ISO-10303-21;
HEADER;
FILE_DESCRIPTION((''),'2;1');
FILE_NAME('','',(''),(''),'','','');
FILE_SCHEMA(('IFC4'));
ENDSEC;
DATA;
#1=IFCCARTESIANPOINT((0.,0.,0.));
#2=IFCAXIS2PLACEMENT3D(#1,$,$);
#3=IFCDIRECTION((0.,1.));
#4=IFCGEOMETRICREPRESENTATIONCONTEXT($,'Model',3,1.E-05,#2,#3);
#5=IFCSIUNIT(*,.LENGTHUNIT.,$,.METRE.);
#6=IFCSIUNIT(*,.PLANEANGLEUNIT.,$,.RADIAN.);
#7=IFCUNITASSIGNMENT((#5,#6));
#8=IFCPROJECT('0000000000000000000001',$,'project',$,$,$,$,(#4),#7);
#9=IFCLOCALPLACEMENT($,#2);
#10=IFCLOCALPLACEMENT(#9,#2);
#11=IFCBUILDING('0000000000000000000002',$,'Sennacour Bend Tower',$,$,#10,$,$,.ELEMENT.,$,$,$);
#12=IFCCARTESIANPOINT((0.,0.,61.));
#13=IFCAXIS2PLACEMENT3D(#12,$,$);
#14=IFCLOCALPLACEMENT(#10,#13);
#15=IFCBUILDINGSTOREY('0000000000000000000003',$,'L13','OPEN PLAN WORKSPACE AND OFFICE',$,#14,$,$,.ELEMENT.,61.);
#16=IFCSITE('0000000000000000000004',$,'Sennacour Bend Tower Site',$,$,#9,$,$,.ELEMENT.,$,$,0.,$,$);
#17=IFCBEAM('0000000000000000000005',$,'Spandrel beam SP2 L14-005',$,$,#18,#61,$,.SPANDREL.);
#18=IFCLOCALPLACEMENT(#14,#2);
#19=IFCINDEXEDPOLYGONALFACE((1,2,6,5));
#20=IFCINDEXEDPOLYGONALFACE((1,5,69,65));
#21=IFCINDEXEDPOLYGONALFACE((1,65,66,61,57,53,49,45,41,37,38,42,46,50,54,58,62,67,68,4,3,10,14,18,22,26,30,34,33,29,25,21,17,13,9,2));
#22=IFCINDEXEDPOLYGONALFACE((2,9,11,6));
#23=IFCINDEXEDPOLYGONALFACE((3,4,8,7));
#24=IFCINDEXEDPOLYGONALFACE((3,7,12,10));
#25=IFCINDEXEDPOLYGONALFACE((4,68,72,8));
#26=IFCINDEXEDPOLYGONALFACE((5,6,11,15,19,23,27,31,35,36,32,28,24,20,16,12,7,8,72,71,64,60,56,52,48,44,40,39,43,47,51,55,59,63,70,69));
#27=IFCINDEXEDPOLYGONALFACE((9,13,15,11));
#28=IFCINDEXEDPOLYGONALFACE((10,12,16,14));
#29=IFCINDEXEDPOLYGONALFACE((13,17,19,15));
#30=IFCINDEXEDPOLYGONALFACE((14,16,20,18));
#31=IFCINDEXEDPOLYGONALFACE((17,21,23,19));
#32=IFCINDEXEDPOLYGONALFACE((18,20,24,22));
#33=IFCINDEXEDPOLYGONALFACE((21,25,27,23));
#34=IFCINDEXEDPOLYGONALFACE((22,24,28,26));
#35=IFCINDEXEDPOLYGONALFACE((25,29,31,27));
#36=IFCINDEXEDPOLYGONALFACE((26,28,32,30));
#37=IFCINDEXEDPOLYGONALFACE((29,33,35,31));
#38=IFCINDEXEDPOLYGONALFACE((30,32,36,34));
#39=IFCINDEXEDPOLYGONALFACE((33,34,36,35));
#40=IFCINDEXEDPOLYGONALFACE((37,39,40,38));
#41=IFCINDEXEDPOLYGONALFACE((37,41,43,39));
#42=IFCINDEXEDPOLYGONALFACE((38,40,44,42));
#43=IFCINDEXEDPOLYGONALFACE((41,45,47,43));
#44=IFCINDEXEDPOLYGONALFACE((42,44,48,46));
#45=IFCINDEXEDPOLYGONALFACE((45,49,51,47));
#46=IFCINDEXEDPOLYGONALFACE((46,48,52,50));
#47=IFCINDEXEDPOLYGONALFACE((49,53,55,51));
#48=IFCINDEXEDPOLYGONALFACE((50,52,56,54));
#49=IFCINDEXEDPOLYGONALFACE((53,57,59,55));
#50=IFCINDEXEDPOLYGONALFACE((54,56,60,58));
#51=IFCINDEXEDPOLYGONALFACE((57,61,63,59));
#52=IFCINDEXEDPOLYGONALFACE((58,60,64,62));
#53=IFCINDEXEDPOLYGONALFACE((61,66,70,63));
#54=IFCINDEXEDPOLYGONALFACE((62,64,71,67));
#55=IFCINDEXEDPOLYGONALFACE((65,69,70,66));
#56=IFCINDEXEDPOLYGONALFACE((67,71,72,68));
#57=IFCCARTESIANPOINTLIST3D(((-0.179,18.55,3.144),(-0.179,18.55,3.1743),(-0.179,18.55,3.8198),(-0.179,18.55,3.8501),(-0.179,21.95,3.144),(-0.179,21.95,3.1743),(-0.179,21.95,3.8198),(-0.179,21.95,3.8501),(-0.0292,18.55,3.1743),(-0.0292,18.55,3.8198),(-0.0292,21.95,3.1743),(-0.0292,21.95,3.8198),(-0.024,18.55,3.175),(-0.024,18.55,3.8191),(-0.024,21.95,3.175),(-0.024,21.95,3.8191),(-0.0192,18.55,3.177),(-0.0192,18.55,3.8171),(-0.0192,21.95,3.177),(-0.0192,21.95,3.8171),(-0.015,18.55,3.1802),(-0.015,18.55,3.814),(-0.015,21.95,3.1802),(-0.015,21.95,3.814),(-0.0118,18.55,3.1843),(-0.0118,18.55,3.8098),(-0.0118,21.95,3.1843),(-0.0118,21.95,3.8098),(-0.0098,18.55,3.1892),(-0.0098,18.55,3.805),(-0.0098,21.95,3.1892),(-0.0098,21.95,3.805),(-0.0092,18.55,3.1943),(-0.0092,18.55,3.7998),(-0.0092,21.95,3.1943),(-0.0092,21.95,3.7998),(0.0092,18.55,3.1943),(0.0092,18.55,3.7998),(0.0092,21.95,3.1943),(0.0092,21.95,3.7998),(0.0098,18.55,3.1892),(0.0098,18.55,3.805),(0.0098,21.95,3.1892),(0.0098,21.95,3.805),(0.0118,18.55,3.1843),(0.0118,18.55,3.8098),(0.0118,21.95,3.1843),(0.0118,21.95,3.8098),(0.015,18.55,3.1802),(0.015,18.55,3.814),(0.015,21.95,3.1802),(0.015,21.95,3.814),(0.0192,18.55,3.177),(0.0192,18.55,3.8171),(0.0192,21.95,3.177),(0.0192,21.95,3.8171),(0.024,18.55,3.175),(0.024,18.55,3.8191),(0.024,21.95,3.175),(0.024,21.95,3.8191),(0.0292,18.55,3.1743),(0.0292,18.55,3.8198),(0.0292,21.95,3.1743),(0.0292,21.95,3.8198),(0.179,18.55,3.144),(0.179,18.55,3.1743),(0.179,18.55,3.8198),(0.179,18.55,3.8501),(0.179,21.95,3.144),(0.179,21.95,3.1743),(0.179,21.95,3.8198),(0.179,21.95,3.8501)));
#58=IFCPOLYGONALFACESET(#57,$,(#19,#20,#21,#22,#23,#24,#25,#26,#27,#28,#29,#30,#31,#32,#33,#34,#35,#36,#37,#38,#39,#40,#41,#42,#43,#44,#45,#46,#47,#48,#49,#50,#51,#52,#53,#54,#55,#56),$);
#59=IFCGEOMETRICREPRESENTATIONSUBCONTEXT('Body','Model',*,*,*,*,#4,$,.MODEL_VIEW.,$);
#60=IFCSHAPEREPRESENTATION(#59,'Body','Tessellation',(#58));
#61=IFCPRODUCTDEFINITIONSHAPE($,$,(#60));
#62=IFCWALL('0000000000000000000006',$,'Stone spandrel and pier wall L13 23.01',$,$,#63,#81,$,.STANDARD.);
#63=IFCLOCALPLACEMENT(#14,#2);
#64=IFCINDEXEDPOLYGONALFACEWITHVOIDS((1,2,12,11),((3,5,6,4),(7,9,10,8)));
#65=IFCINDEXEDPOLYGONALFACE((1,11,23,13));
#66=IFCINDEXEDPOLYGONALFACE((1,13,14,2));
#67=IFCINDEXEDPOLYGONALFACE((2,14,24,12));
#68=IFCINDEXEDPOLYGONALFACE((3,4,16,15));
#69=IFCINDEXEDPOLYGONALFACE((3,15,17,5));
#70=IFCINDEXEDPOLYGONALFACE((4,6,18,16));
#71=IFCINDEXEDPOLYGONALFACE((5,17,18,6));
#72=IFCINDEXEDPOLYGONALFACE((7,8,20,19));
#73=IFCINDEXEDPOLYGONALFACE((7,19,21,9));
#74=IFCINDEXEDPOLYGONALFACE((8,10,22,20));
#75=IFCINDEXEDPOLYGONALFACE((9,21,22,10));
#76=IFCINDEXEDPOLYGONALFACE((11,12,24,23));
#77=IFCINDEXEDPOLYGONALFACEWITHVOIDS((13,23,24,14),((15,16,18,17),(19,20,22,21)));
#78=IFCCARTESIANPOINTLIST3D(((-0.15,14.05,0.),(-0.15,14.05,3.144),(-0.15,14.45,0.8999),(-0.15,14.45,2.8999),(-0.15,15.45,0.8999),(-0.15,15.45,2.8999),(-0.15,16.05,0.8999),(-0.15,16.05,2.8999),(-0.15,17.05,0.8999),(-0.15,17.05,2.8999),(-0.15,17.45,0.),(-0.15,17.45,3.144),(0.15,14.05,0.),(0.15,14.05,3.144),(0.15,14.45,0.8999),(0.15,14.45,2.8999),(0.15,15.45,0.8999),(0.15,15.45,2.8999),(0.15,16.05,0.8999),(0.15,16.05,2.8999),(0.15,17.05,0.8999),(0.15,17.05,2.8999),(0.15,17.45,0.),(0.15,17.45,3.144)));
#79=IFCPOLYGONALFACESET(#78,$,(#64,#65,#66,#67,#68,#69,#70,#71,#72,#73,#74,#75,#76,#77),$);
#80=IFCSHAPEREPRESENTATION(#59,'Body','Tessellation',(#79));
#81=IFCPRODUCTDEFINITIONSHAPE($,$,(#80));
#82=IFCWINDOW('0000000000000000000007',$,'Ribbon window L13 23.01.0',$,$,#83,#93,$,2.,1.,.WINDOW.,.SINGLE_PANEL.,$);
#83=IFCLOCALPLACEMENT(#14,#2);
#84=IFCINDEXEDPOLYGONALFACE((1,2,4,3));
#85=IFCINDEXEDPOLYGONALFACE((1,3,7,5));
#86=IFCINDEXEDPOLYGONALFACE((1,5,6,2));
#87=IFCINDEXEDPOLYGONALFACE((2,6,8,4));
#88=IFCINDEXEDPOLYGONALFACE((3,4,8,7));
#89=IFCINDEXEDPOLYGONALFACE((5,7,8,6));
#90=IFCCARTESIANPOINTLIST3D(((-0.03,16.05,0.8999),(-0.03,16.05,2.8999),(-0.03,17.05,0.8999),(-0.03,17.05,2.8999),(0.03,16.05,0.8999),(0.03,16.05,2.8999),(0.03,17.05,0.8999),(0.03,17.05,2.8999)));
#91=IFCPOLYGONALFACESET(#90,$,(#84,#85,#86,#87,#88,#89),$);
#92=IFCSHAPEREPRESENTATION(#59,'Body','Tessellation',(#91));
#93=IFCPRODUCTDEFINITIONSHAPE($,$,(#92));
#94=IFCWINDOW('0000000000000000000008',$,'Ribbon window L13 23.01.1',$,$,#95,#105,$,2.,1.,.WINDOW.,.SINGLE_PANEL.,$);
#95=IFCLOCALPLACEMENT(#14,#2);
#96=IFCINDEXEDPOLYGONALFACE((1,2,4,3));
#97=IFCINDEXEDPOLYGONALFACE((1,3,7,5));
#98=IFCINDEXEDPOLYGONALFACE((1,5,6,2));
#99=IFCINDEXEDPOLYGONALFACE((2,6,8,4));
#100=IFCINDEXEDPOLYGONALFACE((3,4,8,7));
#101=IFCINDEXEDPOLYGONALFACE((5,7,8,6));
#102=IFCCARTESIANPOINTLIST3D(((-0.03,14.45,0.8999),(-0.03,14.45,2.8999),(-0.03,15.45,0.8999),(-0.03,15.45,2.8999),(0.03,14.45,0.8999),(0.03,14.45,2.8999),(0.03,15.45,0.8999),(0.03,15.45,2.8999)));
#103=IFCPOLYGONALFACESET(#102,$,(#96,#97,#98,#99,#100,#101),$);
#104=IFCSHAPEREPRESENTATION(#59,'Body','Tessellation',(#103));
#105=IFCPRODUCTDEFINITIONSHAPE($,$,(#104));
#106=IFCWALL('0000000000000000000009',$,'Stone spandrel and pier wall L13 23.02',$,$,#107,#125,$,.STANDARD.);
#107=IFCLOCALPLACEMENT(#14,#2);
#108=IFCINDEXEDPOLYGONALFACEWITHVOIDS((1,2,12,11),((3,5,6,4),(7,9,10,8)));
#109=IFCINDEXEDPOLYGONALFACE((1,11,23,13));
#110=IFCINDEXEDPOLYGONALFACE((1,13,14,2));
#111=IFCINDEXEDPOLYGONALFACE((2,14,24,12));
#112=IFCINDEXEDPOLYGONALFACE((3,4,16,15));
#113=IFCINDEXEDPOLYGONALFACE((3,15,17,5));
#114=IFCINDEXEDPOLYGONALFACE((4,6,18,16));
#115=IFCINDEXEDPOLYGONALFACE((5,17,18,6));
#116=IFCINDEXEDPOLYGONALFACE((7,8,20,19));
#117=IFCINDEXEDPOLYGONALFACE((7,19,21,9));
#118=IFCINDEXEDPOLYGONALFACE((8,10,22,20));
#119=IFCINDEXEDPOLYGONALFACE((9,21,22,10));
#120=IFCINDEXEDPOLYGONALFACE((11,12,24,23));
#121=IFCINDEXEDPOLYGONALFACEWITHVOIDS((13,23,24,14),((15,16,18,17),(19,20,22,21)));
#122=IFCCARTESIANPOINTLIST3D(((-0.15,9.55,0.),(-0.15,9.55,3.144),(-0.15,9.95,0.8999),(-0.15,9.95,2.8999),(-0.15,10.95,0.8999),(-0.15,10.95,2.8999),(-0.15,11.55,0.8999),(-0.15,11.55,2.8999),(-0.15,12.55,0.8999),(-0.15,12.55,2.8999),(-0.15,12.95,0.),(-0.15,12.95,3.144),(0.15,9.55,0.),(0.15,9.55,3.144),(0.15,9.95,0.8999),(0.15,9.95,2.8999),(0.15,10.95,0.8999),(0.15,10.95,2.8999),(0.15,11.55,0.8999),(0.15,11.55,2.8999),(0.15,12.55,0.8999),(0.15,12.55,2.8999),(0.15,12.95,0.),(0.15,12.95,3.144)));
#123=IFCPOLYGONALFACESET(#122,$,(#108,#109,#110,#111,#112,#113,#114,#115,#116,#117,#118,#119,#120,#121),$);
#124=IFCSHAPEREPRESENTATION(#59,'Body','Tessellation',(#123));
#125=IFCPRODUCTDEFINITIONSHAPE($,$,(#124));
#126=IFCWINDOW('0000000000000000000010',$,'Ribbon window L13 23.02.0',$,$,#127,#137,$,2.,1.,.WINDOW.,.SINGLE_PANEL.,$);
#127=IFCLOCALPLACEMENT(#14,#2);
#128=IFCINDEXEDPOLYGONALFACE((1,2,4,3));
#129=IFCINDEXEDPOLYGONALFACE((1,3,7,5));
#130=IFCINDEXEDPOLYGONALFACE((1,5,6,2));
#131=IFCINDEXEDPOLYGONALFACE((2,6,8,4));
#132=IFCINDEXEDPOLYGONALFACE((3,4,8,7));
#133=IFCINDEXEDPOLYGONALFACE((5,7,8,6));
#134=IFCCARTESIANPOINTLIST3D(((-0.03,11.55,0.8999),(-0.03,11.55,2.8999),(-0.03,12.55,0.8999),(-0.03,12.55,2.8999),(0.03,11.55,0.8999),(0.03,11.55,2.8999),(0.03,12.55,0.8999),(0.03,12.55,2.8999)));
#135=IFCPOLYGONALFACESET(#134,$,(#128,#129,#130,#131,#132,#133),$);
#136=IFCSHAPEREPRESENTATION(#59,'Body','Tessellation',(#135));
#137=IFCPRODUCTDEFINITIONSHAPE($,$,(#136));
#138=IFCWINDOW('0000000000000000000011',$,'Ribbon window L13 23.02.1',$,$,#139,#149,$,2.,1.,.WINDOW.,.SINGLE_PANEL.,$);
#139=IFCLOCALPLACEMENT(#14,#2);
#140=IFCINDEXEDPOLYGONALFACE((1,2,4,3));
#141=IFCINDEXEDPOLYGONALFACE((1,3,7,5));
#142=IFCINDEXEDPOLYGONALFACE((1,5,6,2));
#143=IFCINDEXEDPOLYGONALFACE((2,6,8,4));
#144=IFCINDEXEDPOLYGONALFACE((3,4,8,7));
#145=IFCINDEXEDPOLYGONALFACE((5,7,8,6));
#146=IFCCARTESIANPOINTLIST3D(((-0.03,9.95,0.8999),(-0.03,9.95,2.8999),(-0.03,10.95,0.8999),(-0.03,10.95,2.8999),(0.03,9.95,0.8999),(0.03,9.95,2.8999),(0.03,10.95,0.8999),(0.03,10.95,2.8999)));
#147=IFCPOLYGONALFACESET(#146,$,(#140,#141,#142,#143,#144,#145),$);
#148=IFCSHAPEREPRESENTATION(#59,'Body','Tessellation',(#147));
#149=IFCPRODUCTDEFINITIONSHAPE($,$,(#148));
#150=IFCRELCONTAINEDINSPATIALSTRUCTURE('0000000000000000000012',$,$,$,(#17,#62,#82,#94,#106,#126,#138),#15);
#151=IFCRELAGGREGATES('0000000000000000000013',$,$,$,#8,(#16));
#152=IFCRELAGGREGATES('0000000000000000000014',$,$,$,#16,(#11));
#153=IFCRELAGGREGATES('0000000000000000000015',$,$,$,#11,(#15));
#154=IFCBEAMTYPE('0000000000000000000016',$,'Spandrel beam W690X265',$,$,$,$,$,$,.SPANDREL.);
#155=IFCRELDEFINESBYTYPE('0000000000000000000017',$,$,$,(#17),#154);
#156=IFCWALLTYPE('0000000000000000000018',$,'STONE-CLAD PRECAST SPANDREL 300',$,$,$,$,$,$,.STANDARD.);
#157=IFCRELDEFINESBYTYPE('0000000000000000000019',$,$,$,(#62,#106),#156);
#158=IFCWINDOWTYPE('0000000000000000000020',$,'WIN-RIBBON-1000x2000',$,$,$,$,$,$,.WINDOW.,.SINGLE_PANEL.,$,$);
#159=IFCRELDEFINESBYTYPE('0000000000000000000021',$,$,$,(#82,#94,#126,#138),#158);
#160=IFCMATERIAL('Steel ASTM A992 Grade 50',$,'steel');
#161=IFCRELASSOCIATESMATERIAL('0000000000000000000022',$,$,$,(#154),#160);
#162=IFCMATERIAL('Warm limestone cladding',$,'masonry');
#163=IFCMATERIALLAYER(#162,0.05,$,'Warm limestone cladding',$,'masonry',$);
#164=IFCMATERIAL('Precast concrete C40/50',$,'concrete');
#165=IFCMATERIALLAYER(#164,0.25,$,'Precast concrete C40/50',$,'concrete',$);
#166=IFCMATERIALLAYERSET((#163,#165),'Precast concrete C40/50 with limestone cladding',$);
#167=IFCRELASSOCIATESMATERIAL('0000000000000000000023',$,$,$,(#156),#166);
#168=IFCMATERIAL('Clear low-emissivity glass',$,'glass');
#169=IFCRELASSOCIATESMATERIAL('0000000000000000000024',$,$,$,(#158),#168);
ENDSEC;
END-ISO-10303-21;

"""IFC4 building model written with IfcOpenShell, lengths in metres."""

from ifc_helpers import new_model, si_unit, direction, frame, frame_2d, origin, origin_2d, place, context, subcontext, project, spatial, rectangle, i_section, extrude, material, layer, layer_set, material_profile, profile_set, type_object, element, fill, save


model = new_model("IFC4")

# Units and contexts
model_context = context("Model", 3, precision=1e-05, world=origin(), true_north=direction((0.0, 1.0)))
body_context = subcontext(model_context, "Body", "Model", "MODEL_VIEW")
ifc_project = project(units=[si_unit("LENGTHUNIT", "METRE"), si_unit("PLANEANGLEUNIT", "RADIAN")], contexts=[model_context])

# Site, building, storey
site_placement = place(None, origin())
site = spatial("IfcSite", under=ifc_project, at=site_placement, Name="Sennacour Bend Tower Site", CompositionType="ELEMENT", RefElevation=0.0)
building_placement = place(site_placement, origin())
building = spatial("IfcBuilding", under=site, at=building_placement, Name="Sennacour Bend Tower", CompositionType="ELEMENT")
storey_placement = place(building_placement, frame((0.0, 0.0, 61.0)))
storey = spatial("IfcBuildingStorey", under=building, at=storey_placement, Name="L13", Description="OPEN PLAN WORKSPACE AND OFFICE", CompositionType="ELEMENT", Elevation=61.0)

# Beam
ifc_material_1 = material(Name="Steel ASTM A992 Grade 50", Category="steel")
ifc_material_profile_1 = material_profile(ifc_material_1, i_section(OverallWidth=0.3579, OverallDepth=0.7061, WebThickness=0.0183, FlangeThickness=0.0303, FilletRadius=0.02, at=origin_2d()), Name="Steel ASTM A992 Grade 50", Category="steel")
ifc_profile_set_1 = profile_set([ifc_material_profile_1], Name="Steel ASTM A992 Grade 50")
beam_type = type_object("IfcBeamType", Name="Spandrel beam W690X265", PredefinedType="SPANDREL", material=ifc_profile_set_1)
for number, where, z_axis, x_axis, name in (
    (1, (0.0, 18.55, 3.4971), (0.0, 1.0, 0.0), (-1.0, 0.0, 0.0), "Spandrel beam SP2 L14-005"),
):
    element("IfcBeam", number, at=place(storey_placement, frame(where, z_axis=z_axis, x_axis=x_axis)), inside=storey, type_object=beam_type, Name=name, PredefinedType="SPANDREL", context=body_context, shape_type="SweptSolid", body=[
        extrude(i_section(OverallWidth=0.3579, OverallDepth=0.7061, WebThickness=0.0183, FlangeThickness=0.0303, FilletRadius=0.02, at=origin_2d()), origin(), (0.0, 0.0, 1.0), 3.3999),
    ])

# Walls, openings, windows
ifc_material_2 = material(Name="Warm limestone cladding", Category="masonry")
ifc_layer_1 = layer(ifc_material_2, 0.05, Name="Warm limestone cladding", Category="masonry")
ifc_material_3 = material(Name="Precast concrete C40/50", Category="concrete")
ifc_layer_2 = layer(ifc_material_3, 0.25, Name="Precast concrete C40/50", Category="concrete")
ifc_layer_set = layer_set([ifc_layer_1, ifc_layer_2], Name="Precast concrete C40/50 with limestone cladding")
wall_type = type_object("IfcWallType", Name="STONE-CLAD PRECAST SPANDREL 300", PredefinedType="STANDARD", material=ifc_layer_set)
wall_1_placement = place(storey_placement, frame((0.0, 17.45, 0.0), z_axis=(0.0, 0.0, 1.0), x_axis=(0.0, -1.0, 0.0)))
wall_1 = element("IfcWall", 2, at=wall_1_placement, inside=storey, type_object=wall_type, Name="Stone spandrel and pier wall L13 23.01", PredefinedType="STANDARD", context=body_context, shape_type="SweptSolid", body=[
    extrude(rectangle(XDim=3.3999, YDim=0.3, at=frame_2d((1.7, 0.0))), origin(), (0.0, 0.0, 1.0), 3.144),
])
opening_1_placement = place(wall_1_placement, frame((0.3999, 0.0, 0.8999)))
opening_1 = element("IfcOpeningElement", 3, at=opening_1_placement, cuts=wall_1, PredefinedType="OPENING", context=body_context, shape_type="SweptSolid", body=[
    extrude(rectangle(XDim=1.0, YDim=2.0, at=frame_2d((0.5, 1.0))), frame((0.0, 0.1602, 0.0), z_axis=(0.0, -1.0, 0.0), x_axis=(1.0, 0.0, 0.0)), (0.0, 0.0, 1.0), 0.3201),
])
opening_2_placement = place(wall_1_placement, frame((2.0, 0.0, 0.8999)))
opening_2 = element("IfcOpeningElement", 4, at=opening_2_placement, cuts=wall_1, PredefinedType="OPENING", context=body_context, shape_type="SweptSolid", body=[
    extrude(rectangle(XDim=1.0, YDim=2.0, at=frame_2d((0.5, 1.0))), frame((0.0, 0.1602, 0.0), z_axis=(0.0, -1.0, 0.0), x_axis=(1.0, 0.0, 0.0)), (0.0, 0.0, 1.0), 0.3201),
])
ifc_material_4 = material(Name="Clear low-emissivity glass", Category="glass")
window_type = type_object("IfcWindowType", Name="WIN-RIBBON-1000x2000", PartitioningType="SINGLE_PANEL", PredefinedType="WINDOW", material=ifc_material_4)
window_1_placement = place(opening_1_placement, origin())
window_1 = element("IfcWindow", 5, at=window_1_placement, inside=storey, type_object=window_type, Name="Ribbon window L13 23.01.0", OverallHeight=2.0, OverallWidth=1.0, PartitioningType="SINGLE_PANEL", PredefinedType="WINDOW", context=body_context, shape_type="SweptSolid", body=[
    extrude(rectangle(XDim=1.0, YDim=2.0, at=frame_2d((0.5, 1.0))), frame((0.0, 0.03, 0.0), z_axis=(0.0, -1.0, 0.0), x_axis=(1.0, 0.0, 0.0)), (0.0, 0.0, 1.0), 0.0601),
])
fill(opening_1, window_1)
window_2_placement = place(opening_2_placement, origin())
window_2 = element("IfcWindow", 6, at=window_2_placement, inside=storey, type_object=window_type, Name="Ribbon window L13 23.01.1", OverallHeight=2.0, OverallWidth=1.0, PartitioningType="SINGLE_PANEL", PredefinedType="WINDOW", context=body_context, shape_type="SweptSolid", body=[
    extrude(rectangle(XDim=1.0, YDim=2.0, at=frame_2d((0.5, 1.0))), frame((0.0, 0.03, 0.0), z_axis=(0.0, -1.0, 0.0), x_axis=(1.0, 0.0, 0.0)), (0.0, 0.0, 1.0), 0.0601),
])
fill(opening_2, window_2)
wall_2_placement = place(storey_placement, frame((0.0, 12.95, 0.0), z_axis=(0.0, 0.0, 1.0), x_axis=(0.0, -1.0, 0.0)))
wall_2 = element("IfcWall", 7, at=wall_2_placement, inside=storey, type_object=wall_type, Name="Stone spandrel and pier wall L13 23.02", PredefinedType="STANDARD", context=body_context, shape_type="SweptSolid", body=[
    extrude(rectangle(XDim=3.3999, YDim=0.3, at=frame_2d((1.7, 0.0))), origin(), (0.0, 0.0, 1.0), 3.144),
])
opening_3_placement = place(wall_2_placement, frame((0.3999, 0.0, 0.8999)))
opening_3 = element("IfcOpeningElement", 8, at=opening_3_placement, cuts=wall_2, PredefinedType="OPENING", context=body_context, shape_type="SweptSolid", body=[
    extrude(rectangle(XDim=1.0, YDim=2.0, at=frame_2d((0.5, 1.0))), frame((0.0, 0.1602, 0.0), z_axis=(0.0, -1.0, 0.0), x_axis=(1.0, 0.0, 0.0)), (0.0, 0.0, 1.0), 0.3201),
])
opening_4_placement = place(wall_2_placement, frame((2.0, 0.0, 0.8999)))
opening_4 = element("IfcOpeningElement", 9, at=opening_4_placement, cuts=wall_2, PredefinedType="OPENING", context=body_context, shape_type="SweptSolid", body=[
    extrude(rectangle(XDim=1.0, YDim=2.0, at=frame_2d((0.5, 1.0))), frame((0.0, 0.1602, 0.0), z_axis=(0.0, -1.0, 0.0), x_axis=(1.0, 0.0, 0.0)), (0.0, 0.0, 1.0), 0.3201),
])
window_3_placement = place(opening_3_placement, origin())
window_3 = element("IfcWindow", 10, at=window_3_placement, inside=storey, type_object=window_type, Name="Ribbon window L13 23.02.0", OverallHeight=2.0, OverallWidth=1.0, PartitioningType="SINGLE_PANEL", PredefinedType="WINDOW", context=body_context, shape_type="SweptSolid", body=[
    extrude(rectangle(XDim=1.0, YDim=2.0, at=frame_2d((0.5, 1.0))), frame((0.0, 0.03, 0.0), z_axis=(0.0, -1.0, 0.0), x_axis=(1.0, 0.0, 0.0)), (0.0, 0.0, 1.0), 0.0601),
])
fill(opening_3, window_3)
window_4_placement = place(opening_4_placement, origin())
window_4 = element("IfcWindow", 11, at=window_4_placement, inside=storey, type_object=window_type, Name="Ribbon window L13 23.02.1", OverallHeight=2.0, OverallWidth=1.0, PartitioningType="SINGLE_PANEL", PredefinedType="WINDOW", context=body_context, shape_type="SweptSolid", body=[
    extrude(rectangle(XDim=1.0, YDim=2.0, at=frame_2d((0.5, 1.0))), frame((0.0, 0.03, 0.0), z_axis=(0.0, -1.0, 0.0), x_axis=(1.0, 0.0, 0.0)), (0.0, 0.0, 1.0), 0.0601),
])
fill(opening_4, window_4)

save(model, "model.ifc")
